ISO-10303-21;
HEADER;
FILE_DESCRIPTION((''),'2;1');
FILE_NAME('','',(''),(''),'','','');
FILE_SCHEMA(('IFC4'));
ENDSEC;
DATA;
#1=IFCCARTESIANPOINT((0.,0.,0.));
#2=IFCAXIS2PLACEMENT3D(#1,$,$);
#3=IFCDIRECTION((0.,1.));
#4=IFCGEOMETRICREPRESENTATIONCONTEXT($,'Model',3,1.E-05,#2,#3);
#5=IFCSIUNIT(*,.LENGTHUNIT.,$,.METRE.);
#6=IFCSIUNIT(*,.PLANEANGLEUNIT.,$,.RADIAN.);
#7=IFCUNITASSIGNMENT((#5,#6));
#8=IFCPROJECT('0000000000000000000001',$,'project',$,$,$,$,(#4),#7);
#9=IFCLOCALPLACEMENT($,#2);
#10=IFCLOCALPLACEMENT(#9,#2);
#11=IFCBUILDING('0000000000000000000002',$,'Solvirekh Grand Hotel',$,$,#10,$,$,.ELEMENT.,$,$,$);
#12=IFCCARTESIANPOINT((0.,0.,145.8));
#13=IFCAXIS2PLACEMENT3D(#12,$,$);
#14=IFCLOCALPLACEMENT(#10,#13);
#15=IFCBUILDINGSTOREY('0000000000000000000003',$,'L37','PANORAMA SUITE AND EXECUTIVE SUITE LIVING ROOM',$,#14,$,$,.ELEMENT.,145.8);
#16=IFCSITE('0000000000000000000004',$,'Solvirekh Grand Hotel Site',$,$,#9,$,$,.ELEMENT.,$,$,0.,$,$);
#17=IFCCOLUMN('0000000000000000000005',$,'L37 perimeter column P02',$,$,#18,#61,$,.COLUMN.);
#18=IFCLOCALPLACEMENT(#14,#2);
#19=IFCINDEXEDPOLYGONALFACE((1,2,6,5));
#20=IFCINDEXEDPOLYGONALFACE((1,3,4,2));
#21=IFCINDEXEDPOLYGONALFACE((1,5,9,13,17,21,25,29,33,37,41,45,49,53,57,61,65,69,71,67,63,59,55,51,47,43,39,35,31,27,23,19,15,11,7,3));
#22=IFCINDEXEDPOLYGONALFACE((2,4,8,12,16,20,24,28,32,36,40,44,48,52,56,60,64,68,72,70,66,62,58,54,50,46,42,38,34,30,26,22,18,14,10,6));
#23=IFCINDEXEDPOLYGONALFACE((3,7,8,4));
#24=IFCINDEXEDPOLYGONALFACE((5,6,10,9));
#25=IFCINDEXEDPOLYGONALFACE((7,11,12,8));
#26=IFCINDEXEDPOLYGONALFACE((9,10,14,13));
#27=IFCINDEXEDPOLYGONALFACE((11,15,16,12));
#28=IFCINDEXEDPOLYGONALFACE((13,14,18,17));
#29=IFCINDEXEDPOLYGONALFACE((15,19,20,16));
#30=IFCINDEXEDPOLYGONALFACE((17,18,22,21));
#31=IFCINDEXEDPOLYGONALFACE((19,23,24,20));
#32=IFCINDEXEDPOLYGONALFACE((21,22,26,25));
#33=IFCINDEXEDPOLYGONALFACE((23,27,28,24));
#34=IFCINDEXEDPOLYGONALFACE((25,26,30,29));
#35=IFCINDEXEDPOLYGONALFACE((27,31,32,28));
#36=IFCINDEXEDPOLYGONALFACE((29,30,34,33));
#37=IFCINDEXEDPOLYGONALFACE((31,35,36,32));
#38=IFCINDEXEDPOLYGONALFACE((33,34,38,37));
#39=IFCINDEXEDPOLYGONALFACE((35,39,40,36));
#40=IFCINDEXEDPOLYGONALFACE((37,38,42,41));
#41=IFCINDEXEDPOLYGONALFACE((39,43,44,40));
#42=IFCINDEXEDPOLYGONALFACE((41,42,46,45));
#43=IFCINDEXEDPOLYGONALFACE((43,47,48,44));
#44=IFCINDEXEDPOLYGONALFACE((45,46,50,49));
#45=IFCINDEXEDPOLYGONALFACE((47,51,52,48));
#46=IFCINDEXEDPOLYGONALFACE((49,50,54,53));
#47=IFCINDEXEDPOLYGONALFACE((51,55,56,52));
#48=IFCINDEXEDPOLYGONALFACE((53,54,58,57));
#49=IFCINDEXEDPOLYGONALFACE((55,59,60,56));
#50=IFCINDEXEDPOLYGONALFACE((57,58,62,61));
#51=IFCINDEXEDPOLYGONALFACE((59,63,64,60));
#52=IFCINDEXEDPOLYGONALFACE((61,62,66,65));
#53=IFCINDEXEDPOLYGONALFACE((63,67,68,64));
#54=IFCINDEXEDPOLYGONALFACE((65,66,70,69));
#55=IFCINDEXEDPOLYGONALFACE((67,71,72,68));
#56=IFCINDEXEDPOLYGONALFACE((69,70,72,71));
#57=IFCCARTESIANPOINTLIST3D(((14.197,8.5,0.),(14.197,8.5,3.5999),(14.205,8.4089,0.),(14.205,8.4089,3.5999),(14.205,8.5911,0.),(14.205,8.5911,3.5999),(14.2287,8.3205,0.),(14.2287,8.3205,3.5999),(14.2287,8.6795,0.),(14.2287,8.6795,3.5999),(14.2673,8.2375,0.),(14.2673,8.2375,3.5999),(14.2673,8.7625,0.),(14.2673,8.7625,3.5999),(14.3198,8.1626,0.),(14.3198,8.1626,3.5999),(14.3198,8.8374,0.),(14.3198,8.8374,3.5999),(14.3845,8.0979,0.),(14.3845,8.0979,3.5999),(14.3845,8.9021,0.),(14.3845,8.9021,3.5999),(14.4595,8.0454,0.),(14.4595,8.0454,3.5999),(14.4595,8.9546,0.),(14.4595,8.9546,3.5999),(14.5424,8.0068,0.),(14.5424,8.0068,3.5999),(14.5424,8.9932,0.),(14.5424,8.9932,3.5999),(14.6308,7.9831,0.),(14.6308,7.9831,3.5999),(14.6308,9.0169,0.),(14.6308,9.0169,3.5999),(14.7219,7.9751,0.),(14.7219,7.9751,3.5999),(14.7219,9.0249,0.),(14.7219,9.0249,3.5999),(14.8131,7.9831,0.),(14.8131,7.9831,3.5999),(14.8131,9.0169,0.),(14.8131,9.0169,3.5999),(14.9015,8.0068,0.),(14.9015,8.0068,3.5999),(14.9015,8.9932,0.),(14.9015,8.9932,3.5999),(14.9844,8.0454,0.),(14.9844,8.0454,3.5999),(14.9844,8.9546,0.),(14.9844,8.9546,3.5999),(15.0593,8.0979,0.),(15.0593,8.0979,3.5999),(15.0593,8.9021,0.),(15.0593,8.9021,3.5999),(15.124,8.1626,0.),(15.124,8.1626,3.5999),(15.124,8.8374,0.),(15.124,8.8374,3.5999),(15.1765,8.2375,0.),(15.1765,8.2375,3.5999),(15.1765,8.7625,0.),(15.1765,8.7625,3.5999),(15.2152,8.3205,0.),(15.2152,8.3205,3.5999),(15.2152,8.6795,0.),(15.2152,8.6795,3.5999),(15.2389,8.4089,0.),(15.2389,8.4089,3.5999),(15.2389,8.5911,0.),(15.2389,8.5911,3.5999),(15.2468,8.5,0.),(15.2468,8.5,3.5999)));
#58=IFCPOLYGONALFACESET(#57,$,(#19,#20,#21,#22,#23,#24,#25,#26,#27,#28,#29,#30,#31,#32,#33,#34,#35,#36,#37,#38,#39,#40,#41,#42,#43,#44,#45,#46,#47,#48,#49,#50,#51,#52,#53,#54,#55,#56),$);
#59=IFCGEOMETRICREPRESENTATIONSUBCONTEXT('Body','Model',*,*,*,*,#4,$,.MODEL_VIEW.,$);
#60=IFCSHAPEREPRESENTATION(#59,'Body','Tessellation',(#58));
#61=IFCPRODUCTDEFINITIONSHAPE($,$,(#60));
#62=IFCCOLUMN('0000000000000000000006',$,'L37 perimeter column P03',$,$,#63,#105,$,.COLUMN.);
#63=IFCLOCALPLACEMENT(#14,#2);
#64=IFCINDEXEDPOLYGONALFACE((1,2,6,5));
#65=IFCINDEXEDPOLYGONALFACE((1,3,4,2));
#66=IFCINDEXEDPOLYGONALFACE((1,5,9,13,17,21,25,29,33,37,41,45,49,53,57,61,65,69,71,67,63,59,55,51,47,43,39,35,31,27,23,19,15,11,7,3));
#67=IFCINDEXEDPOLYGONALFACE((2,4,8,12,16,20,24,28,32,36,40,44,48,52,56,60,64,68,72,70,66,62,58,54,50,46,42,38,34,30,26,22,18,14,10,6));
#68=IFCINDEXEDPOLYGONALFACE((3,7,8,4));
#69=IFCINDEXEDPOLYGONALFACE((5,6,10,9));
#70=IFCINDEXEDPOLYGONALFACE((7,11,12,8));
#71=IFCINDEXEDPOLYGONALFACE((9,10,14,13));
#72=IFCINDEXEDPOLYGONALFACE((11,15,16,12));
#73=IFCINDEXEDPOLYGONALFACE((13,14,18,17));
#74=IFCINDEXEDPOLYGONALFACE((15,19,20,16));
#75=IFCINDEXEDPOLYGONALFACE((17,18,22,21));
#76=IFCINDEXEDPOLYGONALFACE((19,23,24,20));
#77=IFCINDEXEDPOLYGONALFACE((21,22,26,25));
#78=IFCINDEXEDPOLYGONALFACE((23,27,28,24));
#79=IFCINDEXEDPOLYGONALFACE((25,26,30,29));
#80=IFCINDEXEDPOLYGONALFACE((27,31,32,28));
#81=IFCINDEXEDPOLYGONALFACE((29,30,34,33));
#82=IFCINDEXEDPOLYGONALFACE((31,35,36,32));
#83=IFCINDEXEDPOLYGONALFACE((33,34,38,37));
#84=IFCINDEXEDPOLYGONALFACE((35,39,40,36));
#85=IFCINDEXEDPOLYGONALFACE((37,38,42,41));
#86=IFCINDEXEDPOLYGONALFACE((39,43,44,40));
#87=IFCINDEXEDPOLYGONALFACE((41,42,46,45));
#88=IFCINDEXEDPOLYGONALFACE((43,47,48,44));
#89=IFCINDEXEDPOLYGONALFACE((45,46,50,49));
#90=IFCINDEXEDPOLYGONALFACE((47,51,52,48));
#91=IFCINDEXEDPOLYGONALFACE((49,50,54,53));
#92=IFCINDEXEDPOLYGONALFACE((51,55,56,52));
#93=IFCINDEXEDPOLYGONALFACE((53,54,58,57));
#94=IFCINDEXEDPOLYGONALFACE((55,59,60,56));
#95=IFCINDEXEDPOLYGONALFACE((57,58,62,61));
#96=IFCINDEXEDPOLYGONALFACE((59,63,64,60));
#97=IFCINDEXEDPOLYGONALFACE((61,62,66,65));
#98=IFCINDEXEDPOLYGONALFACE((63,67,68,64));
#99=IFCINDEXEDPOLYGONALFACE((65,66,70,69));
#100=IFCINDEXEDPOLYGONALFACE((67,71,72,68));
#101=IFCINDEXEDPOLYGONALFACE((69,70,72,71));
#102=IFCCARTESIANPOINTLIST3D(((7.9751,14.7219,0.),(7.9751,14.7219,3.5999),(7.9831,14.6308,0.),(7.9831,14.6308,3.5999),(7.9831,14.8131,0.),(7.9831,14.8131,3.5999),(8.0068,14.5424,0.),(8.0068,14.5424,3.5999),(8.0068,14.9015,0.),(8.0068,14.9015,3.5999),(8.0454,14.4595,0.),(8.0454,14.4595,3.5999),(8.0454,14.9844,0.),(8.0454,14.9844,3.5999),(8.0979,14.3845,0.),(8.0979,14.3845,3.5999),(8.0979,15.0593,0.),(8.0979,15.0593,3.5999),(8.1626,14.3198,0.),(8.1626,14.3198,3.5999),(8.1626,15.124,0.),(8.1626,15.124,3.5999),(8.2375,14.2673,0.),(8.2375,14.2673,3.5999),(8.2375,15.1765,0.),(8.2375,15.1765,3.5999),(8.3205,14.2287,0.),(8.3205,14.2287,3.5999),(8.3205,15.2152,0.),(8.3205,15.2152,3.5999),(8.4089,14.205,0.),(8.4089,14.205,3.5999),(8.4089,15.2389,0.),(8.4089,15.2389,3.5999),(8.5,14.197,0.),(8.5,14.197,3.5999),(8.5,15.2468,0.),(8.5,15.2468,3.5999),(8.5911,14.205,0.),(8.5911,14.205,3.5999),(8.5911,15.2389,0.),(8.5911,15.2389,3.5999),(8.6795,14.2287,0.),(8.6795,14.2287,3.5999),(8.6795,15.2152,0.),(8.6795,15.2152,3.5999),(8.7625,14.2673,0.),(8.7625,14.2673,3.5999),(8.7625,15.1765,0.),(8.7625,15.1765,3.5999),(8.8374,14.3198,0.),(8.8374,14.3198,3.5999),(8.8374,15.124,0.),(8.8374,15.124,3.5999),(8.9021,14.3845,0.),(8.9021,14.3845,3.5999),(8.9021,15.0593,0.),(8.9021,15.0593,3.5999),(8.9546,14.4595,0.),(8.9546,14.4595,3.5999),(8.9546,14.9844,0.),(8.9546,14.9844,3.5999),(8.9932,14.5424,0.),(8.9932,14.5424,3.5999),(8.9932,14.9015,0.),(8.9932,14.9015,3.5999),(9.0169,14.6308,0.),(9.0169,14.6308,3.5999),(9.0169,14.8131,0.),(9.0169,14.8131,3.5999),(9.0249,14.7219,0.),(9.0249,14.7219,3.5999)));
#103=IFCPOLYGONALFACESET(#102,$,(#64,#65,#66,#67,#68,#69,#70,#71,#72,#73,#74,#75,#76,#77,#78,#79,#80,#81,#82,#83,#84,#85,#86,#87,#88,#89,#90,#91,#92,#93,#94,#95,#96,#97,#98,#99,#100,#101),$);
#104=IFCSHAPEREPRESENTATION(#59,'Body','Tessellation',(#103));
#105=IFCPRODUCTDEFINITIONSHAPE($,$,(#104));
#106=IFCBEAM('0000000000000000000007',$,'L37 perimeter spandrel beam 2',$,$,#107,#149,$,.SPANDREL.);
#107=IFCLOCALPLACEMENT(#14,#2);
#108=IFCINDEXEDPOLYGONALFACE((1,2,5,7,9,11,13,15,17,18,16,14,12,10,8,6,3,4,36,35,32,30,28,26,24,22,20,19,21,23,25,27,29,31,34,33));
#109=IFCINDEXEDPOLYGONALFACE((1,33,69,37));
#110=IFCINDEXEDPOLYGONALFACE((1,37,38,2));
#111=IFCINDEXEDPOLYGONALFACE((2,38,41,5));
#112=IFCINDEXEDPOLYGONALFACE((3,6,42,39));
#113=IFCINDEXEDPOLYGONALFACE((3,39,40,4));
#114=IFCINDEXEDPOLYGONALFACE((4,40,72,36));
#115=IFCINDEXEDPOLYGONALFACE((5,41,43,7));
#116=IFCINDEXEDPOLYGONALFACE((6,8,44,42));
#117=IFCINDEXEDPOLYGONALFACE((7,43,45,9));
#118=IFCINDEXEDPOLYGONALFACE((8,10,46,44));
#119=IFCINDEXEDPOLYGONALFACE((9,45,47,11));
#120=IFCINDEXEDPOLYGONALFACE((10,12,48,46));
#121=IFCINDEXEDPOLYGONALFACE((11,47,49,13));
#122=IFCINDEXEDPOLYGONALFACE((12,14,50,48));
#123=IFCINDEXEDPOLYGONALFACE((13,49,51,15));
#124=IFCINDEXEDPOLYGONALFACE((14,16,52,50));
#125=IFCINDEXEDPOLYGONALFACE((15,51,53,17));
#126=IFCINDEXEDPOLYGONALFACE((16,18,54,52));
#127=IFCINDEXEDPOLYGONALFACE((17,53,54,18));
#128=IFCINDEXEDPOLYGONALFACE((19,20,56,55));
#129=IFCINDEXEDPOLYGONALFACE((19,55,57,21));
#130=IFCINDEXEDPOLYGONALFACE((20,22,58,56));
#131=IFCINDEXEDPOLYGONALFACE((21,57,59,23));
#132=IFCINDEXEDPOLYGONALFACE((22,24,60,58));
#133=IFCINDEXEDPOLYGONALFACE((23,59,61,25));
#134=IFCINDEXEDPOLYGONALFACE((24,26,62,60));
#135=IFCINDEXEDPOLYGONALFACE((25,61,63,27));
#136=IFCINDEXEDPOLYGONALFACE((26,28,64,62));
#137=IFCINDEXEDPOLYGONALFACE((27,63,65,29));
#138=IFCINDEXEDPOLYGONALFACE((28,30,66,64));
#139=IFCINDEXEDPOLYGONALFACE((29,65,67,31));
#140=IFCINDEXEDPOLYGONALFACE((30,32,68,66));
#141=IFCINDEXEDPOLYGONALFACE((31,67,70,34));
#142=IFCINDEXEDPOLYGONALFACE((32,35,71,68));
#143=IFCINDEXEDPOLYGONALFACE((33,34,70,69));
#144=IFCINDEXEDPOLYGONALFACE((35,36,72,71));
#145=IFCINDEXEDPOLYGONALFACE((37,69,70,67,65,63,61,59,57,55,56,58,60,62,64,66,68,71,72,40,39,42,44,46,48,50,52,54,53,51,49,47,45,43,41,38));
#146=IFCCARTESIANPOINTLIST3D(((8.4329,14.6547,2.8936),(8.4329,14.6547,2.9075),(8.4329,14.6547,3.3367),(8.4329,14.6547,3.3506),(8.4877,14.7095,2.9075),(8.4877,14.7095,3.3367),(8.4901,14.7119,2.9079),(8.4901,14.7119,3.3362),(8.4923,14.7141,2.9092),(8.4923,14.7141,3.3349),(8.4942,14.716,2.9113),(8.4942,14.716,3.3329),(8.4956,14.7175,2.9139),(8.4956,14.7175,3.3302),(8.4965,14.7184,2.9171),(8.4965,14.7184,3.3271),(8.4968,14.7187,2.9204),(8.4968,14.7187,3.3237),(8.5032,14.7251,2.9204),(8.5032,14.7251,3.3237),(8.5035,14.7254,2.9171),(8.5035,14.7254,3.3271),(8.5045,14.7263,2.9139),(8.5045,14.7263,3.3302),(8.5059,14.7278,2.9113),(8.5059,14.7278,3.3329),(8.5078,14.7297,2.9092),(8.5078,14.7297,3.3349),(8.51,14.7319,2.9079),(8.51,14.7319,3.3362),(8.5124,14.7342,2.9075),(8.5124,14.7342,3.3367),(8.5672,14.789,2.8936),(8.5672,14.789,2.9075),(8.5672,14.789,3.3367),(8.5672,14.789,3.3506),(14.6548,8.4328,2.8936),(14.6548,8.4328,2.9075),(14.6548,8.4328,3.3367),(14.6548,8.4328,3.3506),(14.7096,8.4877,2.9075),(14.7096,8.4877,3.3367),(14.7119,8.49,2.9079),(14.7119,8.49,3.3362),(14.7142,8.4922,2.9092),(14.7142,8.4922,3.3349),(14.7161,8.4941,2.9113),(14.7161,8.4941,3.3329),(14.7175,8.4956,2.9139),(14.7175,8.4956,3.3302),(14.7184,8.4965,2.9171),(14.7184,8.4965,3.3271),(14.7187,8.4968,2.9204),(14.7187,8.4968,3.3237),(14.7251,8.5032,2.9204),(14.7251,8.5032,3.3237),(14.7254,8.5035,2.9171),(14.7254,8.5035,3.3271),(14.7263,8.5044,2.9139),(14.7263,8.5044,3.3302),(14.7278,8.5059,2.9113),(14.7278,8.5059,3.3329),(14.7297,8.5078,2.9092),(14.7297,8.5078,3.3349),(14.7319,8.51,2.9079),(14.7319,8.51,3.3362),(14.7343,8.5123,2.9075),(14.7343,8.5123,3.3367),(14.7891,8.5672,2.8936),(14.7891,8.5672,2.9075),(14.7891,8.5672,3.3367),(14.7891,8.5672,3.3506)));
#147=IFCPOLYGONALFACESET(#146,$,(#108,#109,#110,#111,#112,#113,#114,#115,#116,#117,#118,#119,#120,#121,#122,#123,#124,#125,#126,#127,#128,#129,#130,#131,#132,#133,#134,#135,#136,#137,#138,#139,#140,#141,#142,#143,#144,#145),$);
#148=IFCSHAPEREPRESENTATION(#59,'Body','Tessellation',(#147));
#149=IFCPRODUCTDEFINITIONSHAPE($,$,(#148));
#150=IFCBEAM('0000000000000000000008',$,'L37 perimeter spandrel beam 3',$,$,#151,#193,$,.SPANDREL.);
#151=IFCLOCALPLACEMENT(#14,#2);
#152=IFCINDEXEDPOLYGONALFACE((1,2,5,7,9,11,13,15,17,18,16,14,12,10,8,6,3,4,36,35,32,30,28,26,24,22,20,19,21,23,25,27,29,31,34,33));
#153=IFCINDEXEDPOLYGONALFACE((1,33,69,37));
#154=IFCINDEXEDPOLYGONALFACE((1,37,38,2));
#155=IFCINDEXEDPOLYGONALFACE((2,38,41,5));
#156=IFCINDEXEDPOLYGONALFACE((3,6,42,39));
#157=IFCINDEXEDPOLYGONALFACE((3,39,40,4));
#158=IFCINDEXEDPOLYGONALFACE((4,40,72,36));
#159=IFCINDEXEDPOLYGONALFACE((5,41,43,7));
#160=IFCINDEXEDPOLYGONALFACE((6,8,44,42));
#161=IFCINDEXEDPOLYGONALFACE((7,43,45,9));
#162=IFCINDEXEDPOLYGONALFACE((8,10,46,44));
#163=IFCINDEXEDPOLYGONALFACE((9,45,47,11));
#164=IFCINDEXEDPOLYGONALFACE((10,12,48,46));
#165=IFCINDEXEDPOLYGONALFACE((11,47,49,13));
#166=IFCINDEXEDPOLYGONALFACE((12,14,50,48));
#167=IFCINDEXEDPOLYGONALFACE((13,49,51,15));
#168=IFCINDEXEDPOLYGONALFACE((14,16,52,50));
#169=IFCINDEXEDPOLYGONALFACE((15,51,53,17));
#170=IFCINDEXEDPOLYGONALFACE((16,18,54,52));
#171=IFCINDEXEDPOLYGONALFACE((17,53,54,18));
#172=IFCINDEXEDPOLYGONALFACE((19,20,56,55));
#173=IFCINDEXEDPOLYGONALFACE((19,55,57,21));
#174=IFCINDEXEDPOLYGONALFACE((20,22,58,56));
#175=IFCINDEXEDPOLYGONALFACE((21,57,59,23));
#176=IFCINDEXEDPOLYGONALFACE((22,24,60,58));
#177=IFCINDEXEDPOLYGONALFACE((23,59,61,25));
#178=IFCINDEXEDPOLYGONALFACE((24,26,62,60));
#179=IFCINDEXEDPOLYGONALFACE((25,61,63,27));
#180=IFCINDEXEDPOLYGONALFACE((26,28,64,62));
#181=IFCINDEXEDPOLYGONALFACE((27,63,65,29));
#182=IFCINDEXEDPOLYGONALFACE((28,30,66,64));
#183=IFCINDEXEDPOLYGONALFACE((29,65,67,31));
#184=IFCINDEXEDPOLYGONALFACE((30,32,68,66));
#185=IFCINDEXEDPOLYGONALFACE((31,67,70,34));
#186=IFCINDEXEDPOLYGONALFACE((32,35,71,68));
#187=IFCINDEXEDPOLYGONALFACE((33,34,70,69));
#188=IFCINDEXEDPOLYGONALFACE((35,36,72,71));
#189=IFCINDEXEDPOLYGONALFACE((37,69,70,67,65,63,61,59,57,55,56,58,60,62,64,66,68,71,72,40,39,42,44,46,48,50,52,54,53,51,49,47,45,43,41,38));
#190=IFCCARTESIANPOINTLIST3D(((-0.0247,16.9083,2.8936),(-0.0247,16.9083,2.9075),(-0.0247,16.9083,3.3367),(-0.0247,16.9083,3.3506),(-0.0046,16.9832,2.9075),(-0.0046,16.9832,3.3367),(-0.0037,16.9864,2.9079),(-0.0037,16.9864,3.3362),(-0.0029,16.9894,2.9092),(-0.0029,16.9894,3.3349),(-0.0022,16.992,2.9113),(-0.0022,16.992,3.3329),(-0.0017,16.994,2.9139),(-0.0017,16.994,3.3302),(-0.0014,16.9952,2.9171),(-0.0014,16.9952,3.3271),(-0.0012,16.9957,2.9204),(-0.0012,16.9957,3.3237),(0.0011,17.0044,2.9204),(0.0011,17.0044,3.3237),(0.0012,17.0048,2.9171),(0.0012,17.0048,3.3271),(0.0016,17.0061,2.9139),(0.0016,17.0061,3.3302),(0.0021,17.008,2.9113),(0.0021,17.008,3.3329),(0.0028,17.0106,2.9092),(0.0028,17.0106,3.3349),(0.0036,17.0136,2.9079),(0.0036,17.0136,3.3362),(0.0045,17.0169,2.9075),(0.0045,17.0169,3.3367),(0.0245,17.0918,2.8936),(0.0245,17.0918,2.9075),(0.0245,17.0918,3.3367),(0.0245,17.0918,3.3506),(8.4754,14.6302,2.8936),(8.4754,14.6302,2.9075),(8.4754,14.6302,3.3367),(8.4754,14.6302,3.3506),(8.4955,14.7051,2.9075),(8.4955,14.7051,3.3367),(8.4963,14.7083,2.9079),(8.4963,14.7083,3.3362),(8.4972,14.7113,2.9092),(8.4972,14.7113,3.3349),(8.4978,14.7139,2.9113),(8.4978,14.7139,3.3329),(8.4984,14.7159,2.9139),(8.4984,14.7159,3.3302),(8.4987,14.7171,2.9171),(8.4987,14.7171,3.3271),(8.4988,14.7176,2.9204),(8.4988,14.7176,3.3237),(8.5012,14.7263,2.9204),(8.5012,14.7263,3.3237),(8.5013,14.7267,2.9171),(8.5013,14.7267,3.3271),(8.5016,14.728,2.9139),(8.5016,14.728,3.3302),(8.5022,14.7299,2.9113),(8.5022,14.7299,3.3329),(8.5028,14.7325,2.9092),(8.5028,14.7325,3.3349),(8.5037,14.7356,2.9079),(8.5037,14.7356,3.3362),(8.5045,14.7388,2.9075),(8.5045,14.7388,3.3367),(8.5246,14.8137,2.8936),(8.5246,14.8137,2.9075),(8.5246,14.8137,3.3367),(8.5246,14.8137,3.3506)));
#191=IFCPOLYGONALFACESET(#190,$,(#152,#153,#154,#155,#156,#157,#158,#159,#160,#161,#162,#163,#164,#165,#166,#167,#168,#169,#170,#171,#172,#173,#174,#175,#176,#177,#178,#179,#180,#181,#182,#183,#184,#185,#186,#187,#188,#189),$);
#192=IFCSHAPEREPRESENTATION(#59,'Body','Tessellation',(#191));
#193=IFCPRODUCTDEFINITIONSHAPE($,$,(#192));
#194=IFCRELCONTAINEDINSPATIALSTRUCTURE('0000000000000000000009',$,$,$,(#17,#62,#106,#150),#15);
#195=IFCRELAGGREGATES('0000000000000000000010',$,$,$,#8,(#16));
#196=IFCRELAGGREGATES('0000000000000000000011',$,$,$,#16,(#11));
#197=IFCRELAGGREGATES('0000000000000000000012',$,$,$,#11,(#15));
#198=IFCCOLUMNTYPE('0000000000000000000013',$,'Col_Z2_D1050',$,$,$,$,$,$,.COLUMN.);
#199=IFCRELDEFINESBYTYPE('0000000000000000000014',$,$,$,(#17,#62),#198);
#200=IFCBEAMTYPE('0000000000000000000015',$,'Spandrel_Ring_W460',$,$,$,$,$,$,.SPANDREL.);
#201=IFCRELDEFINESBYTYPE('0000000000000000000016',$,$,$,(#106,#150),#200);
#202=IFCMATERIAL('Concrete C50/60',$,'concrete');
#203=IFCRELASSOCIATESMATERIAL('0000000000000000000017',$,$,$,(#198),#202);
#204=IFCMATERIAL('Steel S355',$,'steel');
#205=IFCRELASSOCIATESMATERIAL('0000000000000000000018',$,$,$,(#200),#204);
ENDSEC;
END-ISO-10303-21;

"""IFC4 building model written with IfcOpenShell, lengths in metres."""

from ifc_helpers import new_model, si_unit, direction, frame, origin, origin_2d, place, context, subcontext, project, spatial, circle, i_section, extrude, material, material_profile, profile_set, type_object, element, save


model = new_model("IFC4")

# Units and contexts
model_context = context("Model", 3, precision=1e-05, world=origin(), true_north=direction((0.0, 1.0)))
body_context = subcontext(model_context, "Body", "Model", "MODEL_VIEW")
ifc_project = project(units=[si_unit("LENGTHUNIT", "METRE"), si_unit("PLANEANGLEUNIT", "RADIAN")], contexts=[model_context])

# Site, building, storey
site_placement = place(None, origin())
site = spatial("IfcSite", under=ifc_project, at=site_placement, Name="Solvirekh Grand Hotel Site", CompositionType="ELEMENT", RefElevation=0.0)
building_placement = place(site_placement, origin())
building = spatial("IfcBuilding", under=site, at=building_placement, Name="Solvirekh Grand Hotel", CompositionType="ELEMENT")
storey_placement = place(building_placement, frame((0.0, 0.0, 145.8)))
storey = spatial("IfcBuildingStorey", under=building, at=storey_placement, Name="L37", Description="PANORAMA SUITE AND EXECUTIVE SUITE LIVING ROOM", CompositionType="ELEMENT", Elevation=145.8)

# Columns
ifc_material_1 = material(Name="Concrete C50/60", Category="concrete")
ifc_material_profile_1 = material_profile(ifc_material_1, circle(Radius=0.5249, at=origin_2d()), Name="RC CIRC D1050")
ifc_profile_set_1 = profile_set([ifc_material_profile_1], Name="Concrete C50/60")
column_type = type_object("IfcColumnType", Name="Col_Z2_D1050", PredefinedType="COLUMN", material=ifc_profile_set_1)
for number, where, z_axis, x_axis, name in (
    (1, (14.7219, 8.5, 0.0), (0.0, 0.0, 1.0), (1.0, 0.0, 0.0), "L37 perimeter column P02"),
    (2, (8.5, 14.7219, 0.0), (0.0, 0.0, 1.0), (1.0, 0.0, 0.0), "L37 perimeter column P03"),
):
    element("IfcColumn", number, at=place(storey_placement, frame(where, z_axis=z_axis, x_axis=x_axis)), inside=storey, type_object=column_type, Name=name, PredefinedType="COLUMN", context=body_context, shape_type="SweptSolid", body=[
        extrude(circle(Radius=0.5249, at=origin_2d()), origin(), (0.0, 0.0, 1.0), 3.5999),
    ])

# Beams
ifc_material_2 = material(Name="Steel S355", Category="steel")
ifc_material_profile_2 = material_profile(ifc_material_2, i_section(OverallWidth=0.1899, OverallDepth=0.457, WebThickness=0.009, FlangeThickness=0.0139, FilletRadius=0.0129, at=origin_2d()), Name="W460X74")
ifc_profile_set_2 = profile_set([ifc_material_profile_2], Name="Steel S355")
beam_type = type_object("IfcBeamType", Name="Spandrel_Ring_W460", PredefinedType="SPANDREL", material=ifc_profile_set_2)
beam_1_placement = place(storey_placement, frame((14.7219, 8.5, 3.1221), z_axis=(-0.707107, 0.707107, 0.0), x_axis=(-0.707107, -0.707107, 0.0)))
element("IfcBeam", 3, at=beam_1_placement, inside=storey, type_object=beam_type, Name="L37 perimeter spandrel beam 2", PredefinedType="SPANDREL", context=body_context, shape_type="SweptSolid", body=[
    extrude(i_section(OverallWidth=0.1899, OverallDepth=0.457, WebThickness=0.009, FlangeThickness=0.0139, FilletRadius=0.0129, at=origin_2d()), origin(), (0.0, 0.0, 1.0), 8.7991),
])
beam_2_placement = place(storey_placement, frame((8.5, 14.7219, 3.1221), z_axis=(-0.965911, 0.258873, 0.0), x_axis=(-0.258873, -0.965911, 0.0)))
element("IfcBeam", 4, at=beam_2_placement, inside=storey, type_object=beam_type, Name="L37 perimeter spandrel beam 3", PredefinedType="SPANDREL", context=body_context, shape_type="SweptSolid", body=[
    extrude(i_section(OverallWidth=0.1899, OverallDepth=0.457, WebThickness=0.009, FlangeThickness=0.0139, FilletRadius=0.0129, at=origin_2d()), origin(), (0.0, 0.0, 1.0), 8.8),
])

save(model, "model.ifc")
